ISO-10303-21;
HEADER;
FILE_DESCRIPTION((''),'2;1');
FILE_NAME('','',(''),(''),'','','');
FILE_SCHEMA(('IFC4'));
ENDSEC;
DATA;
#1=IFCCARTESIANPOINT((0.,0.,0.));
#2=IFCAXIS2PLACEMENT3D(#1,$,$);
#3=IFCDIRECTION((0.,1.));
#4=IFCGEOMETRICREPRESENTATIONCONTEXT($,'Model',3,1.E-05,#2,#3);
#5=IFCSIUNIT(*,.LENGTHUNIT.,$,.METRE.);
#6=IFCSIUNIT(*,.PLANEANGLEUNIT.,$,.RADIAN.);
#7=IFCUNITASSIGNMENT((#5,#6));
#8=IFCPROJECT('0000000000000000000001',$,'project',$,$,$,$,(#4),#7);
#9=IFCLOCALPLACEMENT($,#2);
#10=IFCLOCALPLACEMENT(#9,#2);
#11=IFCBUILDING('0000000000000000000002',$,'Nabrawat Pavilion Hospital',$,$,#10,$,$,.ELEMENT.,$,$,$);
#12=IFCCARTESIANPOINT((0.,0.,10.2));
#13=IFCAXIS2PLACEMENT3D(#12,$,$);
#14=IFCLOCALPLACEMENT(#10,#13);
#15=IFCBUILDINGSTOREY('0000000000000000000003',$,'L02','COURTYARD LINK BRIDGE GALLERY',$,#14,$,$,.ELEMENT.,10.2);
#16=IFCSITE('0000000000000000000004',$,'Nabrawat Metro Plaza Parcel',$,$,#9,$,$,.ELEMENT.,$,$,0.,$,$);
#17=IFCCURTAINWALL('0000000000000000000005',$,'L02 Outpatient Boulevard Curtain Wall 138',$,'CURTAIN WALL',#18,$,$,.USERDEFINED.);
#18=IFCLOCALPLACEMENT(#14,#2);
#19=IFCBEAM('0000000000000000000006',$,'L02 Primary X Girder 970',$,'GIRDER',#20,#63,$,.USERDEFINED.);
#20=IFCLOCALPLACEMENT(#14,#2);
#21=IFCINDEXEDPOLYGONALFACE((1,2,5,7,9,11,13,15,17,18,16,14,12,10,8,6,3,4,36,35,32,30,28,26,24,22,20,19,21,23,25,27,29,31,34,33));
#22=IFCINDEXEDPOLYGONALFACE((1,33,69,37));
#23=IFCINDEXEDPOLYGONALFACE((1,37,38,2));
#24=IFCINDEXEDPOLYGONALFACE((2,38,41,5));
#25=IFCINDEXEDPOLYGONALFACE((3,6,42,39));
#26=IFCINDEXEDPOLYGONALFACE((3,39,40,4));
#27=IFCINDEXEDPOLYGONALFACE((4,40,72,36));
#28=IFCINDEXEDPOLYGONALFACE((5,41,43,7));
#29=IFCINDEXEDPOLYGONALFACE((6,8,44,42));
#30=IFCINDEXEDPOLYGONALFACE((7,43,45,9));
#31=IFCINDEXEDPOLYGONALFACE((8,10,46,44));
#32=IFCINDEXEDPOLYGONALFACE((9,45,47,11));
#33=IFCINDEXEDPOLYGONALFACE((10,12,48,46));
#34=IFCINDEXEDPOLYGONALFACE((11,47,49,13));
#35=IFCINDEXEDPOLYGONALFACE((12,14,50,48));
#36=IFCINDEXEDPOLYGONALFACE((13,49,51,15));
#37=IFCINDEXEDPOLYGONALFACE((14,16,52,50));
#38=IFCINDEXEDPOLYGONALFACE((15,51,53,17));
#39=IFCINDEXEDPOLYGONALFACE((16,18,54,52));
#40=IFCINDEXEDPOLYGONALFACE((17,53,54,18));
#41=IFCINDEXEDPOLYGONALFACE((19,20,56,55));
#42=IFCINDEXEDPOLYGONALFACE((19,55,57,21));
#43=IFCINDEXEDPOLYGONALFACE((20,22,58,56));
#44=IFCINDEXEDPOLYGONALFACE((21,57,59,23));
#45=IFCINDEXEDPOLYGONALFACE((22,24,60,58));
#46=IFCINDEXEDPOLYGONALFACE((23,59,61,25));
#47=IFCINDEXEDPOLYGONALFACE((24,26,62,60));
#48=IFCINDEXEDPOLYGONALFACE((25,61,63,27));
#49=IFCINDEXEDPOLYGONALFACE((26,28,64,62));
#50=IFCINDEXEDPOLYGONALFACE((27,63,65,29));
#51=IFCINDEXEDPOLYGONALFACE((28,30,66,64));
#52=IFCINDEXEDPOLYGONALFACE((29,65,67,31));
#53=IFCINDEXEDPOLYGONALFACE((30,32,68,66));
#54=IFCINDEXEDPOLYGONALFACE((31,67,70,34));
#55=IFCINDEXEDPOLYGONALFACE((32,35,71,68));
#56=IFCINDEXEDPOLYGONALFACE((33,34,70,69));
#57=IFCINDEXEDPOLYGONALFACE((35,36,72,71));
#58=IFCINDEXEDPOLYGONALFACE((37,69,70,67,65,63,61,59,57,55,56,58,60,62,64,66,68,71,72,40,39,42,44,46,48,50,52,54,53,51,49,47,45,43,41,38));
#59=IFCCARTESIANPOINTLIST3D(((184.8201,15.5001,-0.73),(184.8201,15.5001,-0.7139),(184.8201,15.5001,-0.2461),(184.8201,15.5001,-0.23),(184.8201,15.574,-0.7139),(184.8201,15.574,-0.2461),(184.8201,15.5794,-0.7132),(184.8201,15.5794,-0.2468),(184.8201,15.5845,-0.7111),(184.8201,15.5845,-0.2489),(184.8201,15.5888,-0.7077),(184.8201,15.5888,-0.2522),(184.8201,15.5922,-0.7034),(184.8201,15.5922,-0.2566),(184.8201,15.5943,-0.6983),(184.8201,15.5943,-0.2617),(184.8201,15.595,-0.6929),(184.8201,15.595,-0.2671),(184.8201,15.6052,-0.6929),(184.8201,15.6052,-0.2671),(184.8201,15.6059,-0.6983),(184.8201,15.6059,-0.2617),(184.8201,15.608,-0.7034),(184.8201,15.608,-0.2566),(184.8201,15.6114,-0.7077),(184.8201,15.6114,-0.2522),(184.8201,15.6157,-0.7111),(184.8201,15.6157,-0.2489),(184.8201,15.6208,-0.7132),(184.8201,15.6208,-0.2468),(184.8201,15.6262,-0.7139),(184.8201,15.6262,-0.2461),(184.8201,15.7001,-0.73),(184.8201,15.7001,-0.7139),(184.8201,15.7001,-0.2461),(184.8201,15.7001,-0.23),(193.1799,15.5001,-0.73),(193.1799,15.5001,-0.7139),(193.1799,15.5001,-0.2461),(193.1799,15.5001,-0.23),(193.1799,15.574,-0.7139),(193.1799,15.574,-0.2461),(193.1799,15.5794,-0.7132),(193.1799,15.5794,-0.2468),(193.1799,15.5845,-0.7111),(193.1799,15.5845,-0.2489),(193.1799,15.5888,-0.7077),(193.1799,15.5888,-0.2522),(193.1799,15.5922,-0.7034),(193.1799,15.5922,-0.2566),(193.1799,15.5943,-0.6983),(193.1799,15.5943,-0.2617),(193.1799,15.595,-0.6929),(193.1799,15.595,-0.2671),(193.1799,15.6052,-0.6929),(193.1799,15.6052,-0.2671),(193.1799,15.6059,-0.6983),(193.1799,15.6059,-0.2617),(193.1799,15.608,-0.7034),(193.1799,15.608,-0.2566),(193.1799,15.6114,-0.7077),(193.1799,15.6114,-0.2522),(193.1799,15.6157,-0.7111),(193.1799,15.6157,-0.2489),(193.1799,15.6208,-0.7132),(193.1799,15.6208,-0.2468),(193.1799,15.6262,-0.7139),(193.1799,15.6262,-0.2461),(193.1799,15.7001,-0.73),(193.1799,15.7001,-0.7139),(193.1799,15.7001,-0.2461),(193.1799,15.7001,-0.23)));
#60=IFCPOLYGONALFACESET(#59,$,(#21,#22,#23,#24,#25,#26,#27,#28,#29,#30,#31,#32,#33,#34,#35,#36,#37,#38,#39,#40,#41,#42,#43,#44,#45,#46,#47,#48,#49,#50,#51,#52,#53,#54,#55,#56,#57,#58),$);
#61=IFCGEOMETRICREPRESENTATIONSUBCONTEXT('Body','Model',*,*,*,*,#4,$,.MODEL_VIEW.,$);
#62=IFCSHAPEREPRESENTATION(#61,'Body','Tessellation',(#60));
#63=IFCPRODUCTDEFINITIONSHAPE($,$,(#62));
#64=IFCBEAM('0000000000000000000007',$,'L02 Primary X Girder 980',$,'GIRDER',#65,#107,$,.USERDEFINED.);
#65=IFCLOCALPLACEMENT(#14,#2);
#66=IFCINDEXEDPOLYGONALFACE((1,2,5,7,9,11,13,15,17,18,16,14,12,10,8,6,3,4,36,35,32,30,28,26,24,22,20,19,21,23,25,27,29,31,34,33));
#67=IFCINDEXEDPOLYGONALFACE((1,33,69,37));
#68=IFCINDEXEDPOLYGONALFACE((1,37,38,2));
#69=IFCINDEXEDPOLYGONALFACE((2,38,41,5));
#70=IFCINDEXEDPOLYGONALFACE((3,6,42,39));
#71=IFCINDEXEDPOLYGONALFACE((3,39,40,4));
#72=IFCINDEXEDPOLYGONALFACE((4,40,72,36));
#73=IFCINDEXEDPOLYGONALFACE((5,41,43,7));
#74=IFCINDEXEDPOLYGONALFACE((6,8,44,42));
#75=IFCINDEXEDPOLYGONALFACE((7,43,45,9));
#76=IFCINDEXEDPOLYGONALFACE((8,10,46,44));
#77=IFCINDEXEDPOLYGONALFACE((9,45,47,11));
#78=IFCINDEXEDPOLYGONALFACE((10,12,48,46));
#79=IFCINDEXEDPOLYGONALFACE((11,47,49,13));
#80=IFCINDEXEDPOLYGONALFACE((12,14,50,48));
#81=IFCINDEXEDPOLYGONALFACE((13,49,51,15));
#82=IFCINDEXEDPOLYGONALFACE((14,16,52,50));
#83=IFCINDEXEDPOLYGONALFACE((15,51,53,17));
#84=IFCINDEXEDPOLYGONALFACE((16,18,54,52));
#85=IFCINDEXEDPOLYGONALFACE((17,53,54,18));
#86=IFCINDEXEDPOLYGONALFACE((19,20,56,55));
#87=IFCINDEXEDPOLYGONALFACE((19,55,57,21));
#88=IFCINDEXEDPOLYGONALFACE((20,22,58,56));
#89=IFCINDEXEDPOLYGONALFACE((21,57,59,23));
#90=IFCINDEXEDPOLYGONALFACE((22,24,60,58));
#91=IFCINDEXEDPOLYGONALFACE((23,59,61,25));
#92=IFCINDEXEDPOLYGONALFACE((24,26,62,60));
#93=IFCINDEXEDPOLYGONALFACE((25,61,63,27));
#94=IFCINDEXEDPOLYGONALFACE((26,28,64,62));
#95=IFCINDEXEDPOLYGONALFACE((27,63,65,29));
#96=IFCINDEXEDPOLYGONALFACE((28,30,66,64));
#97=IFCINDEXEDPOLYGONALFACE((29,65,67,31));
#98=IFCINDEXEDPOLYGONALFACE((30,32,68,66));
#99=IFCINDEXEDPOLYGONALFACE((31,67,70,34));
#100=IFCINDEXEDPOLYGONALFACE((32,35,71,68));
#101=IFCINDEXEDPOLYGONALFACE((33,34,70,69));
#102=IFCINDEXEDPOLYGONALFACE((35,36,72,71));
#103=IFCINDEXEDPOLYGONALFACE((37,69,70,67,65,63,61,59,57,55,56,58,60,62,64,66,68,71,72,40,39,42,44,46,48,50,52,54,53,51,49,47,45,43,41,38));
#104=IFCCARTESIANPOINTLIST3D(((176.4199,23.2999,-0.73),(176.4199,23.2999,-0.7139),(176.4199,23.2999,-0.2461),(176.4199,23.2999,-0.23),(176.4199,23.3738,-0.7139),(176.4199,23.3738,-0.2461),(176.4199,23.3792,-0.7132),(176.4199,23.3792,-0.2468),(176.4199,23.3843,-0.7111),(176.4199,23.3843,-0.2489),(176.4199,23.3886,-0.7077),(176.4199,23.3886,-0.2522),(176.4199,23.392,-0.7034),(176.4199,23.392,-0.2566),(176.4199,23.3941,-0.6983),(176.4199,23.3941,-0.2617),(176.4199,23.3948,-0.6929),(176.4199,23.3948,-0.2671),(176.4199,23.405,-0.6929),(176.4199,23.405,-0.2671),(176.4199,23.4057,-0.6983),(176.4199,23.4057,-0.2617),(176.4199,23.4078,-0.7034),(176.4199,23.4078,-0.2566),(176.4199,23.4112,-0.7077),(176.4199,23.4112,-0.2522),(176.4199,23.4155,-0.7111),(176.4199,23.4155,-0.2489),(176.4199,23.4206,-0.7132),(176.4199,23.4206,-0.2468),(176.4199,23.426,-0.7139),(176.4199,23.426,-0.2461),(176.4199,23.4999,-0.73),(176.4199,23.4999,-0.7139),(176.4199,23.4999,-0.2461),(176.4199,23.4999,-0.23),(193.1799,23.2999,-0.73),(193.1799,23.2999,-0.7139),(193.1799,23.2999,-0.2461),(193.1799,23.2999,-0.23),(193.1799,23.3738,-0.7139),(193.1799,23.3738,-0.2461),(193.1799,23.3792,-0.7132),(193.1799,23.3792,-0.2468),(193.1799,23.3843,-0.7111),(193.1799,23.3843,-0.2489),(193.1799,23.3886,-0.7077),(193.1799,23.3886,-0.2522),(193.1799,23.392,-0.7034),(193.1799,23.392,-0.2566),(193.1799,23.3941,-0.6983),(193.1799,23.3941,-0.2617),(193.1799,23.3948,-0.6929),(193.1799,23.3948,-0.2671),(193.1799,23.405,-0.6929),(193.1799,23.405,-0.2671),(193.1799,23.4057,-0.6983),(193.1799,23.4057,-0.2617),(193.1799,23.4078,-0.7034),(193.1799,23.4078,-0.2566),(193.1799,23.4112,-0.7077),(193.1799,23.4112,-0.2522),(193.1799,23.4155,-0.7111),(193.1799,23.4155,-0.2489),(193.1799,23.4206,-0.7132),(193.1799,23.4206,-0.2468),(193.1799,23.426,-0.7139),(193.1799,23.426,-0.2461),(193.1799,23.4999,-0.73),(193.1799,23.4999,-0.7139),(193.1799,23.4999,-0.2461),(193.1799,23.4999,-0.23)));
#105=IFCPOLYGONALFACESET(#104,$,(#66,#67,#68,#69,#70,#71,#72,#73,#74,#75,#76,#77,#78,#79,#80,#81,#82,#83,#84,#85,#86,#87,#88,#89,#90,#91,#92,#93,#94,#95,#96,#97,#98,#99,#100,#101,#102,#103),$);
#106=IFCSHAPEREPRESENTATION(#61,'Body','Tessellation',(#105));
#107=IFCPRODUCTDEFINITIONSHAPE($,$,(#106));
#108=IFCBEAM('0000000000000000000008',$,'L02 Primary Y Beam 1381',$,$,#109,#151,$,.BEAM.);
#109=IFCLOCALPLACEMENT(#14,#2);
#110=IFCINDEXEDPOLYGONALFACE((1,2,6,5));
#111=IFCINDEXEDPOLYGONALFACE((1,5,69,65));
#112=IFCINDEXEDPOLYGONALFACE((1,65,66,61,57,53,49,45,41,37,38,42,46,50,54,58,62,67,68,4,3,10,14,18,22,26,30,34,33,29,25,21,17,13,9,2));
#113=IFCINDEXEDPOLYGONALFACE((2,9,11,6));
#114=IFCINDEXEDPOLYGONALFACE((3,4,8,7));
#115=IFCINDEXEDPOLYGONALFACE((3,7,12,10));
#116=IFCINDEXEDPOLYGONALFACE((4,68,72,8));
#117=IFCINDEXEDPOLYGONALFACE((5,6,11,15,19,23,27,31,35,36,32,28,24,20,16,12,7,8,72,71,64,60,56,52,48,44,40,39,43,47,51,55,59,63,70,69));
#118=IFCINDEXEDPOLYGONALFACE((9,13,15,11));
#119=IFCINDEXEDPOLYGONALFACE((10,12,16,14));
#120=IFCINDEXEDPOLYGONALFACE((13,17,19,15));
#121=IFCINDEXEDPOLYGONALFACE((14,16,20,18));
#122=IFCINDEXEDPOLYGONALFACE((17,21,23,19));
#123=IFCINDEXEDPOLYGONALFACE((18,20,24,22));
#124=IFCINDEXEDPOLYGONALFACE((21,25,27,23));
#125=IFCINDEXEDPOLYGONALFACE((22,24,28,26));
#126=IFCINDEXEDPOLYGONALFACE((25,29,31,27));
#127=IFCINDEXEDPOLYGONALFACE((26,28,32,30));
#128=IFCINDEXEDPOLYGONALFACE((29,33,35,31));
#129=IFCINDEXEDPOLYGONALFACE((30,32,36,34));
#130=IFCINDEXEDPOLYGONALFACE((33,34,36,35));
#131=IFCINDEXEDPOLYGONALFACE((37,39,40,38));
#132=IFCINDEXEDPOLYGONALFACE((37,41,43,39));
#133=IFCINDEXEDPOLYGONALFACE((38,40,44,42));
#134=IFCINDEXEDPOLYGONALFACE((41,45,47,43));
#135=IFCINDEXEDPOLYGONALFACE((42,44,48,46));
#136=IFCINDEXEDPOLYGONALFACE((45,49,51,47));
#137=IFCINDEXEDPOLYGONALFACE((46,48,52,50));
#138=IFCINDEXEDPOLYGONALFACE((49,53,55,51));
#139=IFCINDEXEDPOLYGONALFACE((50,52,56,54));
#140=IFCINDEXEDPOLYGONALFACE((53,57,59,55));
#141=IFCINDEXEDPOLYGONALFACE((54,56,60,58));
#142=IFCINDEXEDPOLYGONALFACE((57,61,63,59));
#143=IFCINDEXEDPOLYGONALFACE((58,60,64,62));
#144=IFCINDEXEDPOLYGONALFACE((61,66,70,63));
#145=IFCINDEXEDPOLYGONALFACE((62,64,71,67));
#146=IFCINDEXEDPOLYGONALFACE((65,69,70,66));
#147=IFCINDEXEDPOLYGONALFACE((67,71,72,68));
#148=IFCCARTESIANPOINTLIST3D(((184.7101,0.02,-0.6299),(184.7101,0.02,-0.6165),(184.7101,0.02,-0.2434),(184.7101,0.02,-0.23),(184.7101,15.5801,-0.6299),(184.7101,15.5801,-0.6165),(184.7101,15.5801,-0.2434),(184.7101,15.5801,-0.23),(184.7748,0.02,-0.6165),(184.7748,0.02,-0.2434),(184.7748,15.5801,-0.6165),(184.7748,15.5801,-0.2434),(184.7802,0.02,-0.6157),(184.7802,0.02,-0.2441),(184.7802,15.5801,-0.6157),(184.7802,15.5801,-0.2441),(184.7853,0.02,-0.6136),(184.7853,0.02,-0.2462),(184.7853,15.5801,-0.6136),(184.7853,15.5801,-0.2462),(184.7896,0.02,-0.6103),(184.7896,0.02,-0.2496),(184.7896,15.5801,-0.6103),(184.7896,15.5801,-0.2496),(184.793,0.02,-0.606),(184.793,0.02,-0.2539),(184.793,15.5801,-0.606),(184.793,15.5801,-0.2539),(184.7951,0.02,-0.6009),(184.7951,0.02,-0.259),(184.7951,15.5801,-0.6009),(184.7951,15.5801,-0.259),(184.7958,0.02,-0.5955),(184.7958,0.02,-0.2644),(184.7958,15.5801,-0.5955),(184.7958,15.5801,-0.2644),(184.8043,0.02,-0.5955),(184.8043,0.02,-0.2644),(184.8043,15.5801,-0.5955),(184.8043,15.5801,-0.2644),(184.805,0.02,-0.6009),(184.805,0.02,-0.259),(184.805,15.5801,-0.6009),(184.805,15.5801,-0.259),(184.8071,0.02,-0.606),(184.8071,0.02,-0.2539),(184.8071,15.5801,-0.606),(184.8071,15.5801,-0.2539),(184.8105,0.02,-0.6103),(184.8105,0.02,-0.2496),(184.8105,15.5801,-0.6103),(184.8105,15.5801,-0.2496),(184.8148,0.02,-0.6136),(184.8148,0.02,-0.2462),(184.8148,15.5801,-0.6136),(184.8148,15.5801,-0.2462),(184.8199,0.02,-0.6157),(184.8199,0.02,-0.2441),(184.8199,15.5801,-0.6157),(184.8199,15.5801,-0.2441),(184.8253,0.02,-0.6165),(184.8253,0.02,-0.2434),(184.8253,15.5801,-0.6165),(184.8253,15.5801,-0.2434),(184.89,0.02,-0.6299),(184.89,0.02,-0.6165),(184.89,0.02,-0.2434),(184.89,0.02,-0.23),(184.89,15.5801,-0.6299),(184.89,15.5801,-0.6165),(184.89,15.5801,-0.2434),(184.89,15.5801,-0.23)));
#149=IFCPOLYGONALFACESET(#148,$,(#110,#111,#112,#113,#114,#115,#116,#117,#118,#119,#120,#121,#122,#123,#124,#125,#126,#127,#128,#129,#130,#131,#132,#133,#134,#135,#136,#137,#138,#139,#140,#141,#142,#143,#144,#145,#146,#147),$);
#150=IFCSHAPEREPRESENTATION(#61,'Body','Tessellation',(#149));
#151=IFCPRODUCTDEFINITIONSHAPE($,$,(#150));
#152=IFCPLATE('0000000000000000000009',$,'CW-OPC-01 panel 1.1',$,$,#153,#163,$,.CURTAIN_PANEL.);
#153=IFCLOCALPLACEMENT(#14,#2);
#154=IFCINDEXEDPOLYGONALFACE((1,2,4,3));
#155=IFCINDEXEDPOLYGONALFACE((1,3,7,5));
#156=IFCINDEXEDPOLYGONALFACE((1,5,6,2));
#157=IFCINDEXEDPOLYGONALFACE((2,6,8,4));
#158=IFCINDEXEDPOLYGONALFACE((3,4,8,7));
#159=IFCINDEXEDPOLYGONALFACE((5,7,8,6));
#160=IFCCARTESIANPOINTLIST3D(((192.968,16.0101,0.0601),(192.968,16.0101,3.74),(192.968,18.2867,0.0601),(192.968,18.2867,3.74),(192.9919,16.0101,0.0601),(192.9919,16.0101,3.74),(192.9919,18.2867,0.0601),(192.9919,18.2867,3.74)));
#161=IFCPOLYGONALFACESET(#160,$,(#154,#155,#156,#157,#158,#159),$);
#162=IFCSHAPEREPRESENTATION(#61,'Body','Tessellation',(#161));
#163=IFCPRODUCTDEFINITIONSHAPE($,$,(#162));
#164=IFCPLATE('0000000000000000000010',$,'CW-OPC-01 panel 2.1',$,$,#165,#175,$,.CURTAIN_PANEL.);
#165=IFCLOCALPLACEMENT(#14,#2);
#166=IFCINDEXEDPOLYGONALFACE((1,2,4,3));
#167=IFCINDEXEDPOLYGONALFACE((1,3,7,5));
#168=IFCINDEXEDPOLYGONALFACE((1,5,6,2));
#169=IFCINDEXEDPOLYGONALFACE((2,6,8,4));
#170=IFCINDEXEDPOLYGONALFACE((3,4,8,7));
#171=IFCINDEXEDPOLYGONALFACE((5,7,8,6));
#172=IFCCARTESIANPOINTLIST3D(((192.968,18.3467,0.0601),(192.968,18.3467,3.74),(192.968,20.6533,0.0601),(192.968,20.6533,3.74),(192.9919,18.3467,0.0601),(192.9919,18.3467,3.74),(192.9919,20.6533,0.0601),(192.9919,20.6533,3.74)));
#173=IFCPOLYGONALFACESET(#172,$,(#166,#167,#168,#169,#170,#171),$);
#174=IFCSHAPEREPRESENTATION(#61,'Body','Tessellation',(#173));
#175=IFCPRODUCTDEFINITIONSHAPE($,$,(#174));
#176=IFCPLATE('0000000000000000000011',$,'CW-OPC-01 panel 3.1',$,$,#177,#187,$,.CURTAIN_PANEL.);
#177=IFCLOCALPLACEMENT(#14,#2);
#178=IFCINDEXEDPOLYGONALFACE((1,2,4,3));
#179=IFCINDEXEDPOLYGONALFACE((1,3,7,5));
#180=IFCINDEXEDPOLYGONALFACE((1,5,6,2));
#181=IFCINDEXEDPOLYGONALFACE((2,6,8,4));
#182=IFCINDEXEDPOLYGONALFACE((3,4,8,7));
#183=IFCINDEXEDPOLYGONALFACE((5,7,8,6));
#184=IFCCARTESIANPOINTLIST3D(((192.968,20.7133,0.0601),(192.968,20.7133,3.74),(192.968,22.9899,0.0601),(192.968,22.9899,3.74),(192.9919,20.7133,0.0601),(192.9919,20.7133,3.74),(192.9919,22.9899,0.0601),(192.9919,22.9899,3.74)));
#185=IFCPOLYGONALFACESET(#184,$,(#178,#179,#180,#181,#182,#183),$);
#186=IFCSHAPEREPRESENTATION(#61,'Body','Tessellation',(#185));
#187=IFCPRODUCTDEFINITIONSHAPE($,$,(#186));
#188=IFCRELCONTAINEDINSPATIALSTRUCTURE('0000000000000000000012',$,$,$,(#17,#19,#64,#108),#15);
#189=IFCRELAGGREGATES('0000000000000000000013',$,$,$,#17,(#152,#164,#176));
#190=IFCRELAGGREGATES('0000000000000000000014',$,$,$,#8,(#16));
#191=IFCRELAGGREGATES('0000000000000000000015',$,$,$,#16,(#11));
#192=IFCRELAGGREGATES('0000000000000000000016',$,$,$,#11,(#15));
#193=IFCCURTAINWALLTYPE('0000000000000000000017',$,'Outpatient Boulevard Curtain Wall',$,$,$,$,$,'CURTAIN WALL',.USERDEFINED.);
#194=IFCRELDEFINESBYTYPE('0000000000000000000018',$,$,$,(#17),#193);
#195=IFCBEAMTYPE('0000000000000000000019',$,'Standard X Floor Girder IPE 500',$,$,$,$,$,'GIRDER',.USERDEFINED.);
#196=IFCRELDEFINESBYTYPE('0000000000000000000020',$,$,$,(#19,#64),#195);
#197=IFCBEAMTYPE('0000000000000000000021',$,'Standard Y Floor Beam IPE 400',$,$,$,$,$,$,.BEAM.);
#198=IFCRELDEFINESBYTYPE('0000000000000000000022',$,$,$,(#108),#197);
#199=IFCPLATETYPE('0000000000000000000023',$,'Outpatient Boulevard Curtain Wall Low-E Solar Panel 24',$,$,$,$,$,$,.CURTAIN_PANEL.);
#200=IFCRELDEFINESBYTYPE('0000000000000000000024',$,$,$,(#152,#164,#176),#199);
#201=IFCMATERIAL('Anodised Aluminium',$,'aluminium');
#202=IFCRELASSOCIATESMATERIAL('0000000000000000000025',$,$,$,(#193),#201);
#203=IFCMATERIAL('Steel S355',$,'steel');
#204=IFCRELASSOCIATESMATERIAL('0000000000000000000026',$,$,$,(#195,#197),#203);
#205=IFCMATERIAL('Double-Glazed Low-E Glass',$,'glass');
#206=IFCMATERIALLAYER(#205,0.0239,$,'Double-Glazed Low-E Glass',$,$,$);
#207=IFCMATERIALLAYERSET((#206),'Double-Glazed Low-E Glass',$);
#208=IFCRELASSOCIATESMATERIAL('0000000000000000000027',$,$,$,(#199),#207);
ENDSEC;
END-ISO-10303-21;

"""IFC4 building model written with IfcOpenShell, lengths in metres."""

from ifc_helpers import new_model, si_unit, direction, frame, origin, origin_2d, place, context, subcontext, project, spatial, rectangle, i_section, extrude, material, layer, layer_set, material_profile, profile_set, type_object, element, aggregate, save


model = new_model("IFC4")

# Units and contexts
model_context = context("Model", 3, precision=1e-05, world=origin(), true_north=direction((0.0, 1.0)))
body_context = subcontext(model_context, "Body", "Model", "MODEL_VIEW")
ifc_project = project(units=[si_unit("LENGTHUNIT", "METRE"), si_unit("PLANEANGLEUNIT", "RADIAN")], contexts=[model_context])

# Site, building, storey
site_placement = place(None, origin())
site = spatial("IfcSite", under=ifc_project, at=site_placement, Name="Nabrawat Metro Plaza Parcel", CompositionType="ELEMENT", RefElevation=0.0)
building_placement = place(site_placement, origin())
building = spatial("IfcBuilding", under=site, at=building_placement, Name="Nabrawat Pavilion Hospital", CompositionType="ELEMENT")
storey_placement = place(building_placement, frame((0.0, 0.0, 10.2)))
storey = spatial("IfcBuildingStorey", under=building, at=storey_placement, Name="L02", Description="COURTYARD LINK BRIDGE GALLERY", CompositionType="ELEMENT", Elevation=10.2)

# Shared definitions
ifc_material_1 = material(Name="Steel S355", Category="steel")

# Curtain wall
ifc_material_2 = material(Name="Anodised Aluminium", Category="aluminium")
curtain_wall_type = type_object("IfcCurtainWallType", Name="Outpatient Boulevard Curtain Wall", ElementType="CURTAIN WALL", PredefinedType="USERDEFINED", material=ifc_material_2)
curtain_wall_placement = place(storey_placement, origin())
curtain_wall = element("IfcCurtainWall", 1, at=curtain_wall_placement, inside=storey, type_object=curtain_wall_type, Name="L02 Outpatient Boulevard Curtain Wall 138", ObjectType="CURTAIN WALL", PredefinedType="USERDEFINED")

# Beams
ifc_material_profile_1 = material_profile(ifc_material_1, i_section(OverallWidth=0.2, OverallDepth=0.5, WebThickness=0.0103, FlangeThickness=0.0161, FilletRadius=0.021, at=origin_2d()), Name="IPE 500")
ifc_profile_set_1 = profile_set([ifc_material_profile_1], Name="Steel S355")
beam_type_1 = type_object("IfcBeamType", Name="Standard X Floor Girder IPE 500", ElementType="GIRDER", PredefinedType="USERDEFINED", material=ifc_profile_set_1)
beam_1_placement = place(storey_placement, frame((184.8201, 15.6001, -0.48), z_axis=(1.0, 0.0, 0.0), x_axis=(0.0, 1.0, 0.0)))
element("IfcBeam", 2, at=beam_1_placement, inside=storey, type_object=beam_type_1, Name="L02 Primary X Girder 970", ObjectType="GIRDER", PredefinedType="USERDEFINED", context=body_context, shape_type="SweptSolid", body=[
    extrude(i_section(OverallWidth=0.2, OverallDepth=0.5, WebThickness=0.0103, FlangeThickness=0.0161, FilletRadius=0.021, at=origin_2d()), origin(), (0.0, 0.0, 1.0), 8.3599),
])
beam_2_placement = place(storey_placement, frame((176.4199, 23.3999, -0.48), z_axis=(1.0, 0.0, 0.0), x_axis=(0.0, 1.0, 0.0)))
element("IfcBeam", 3, at=beam_2_placement, inside=storey, type_object=beam_type_1, Name="L02 Primary X Girder 980", ObjectType="GIRDER", PredefinedType="USERDEFINED", context=body_context, shape_type="SweptSolid", body=[
    extrude(i_section(OverallWidth=0.2, OverallDepth=0.5, WebThickness=0.0103, FlangeThickness=0.0161, FilletRadius=0.021, at=origin_2d()), origin(), (0.0, 0.0, 1.0), 16.76),
])
ifc_material_profile_2 = material_profile(ifc_material_1, i_section(OverallWidth=0.1799, OverallDepth=0.3999, WebThickness=0.0085, FlangeThickness=0.0134, FilletRadius=0.021, at=origin_2d()), Name="IPE 400")
ifc_profile_set_2 = profile_set([ifc_material_profile_2], Name="Steel S355")
beam_type_2 = type_object("IfcBeamType", Name="Standard Y Floor Beam IPE 400", PredefinedType="BEAM", material=ifc_profile_set_2)
beam_3_placement = place(storey_placement, frame((184.8, 0.02, -0.4299), z_axis=(0.0, 1.0, 0.0), x_axis=(-1.0, 0.0, 0.0)))
element("IfcBeam", 4, at=beam_3_placement, inside=storey, type_object=beam_type_2, Name="L02 Primary Y Beam 1381", PredefinedType="BEAM", context=body_context, shape_type="SweptSolid", body=[
    extrude(i_section(OverallWidth=0.1799, OverallDepth=0.3999, WebThickness=0.0085, FlangeThickness=0.0134, FilletRadius=0.021, at=origin_2d()), origin(), (0.0, 0.0, 1.0), 15.5601),
])

# Plates
ifc_material_3 = material(Name="Double-Glazed Low-E Glass", Category="glass")
ifc_layer_1 = layer(ifc_material_3, 0.0239, Name="Double-Glazed Low-E Glass")
ifc_layer_set_1 = layer_set([ifc_layer_1], Name="Double-Glazed Low-E Glass")
plate_type = type_object("IfcPlateType", Name="Outpatient Boulevard Curtain Wall Low-E Solar Panel 24", PredefinedType="CURTAIN_PANEL", material=ifc_layer_set_1)
plate_1_placement = place(storey_placement, frame((192.98, 17.1484, 0.0601), z_axis=(0.0, 0.0, 1.0), x_axis=(0.0, 1.0, 0.0)))
plate_1 = element("IfcPlate", 5, at=plate_1_placement, type_object=plate_type, Name="CW-OPC-01 panel 1.1", PredefinedType="CURTAIN_PANEL", context=body_context, shape_type="SweptSolid", body=[
    extrude(rectangle(XDim=2.2766, YDim=0.0239, at=origin_2d()), origin(), (0.0, 0.0, 1.0), 3.6799),
])
plate_2_placement = place(storey_placement, frame((192.98, 19.5, 0.0601), z_axis=(0.0, 0.0, 1.0), x_axis=(0.0, 1.0, 0.0)))
plate_2 = element("IfcPlate", 6, at=plate_2_placement, type_object=plate_type, Name="CW-OPC-01 panel 2.1", PredefinedType="CURTAIN_PANEL", context=body_context, shape_type="SweptSolid", body=[
    extrude(rectangle(XDim=2.3066, YDim=0.0239, at=origin_2d()), origin(), (0.0, 0.0, 1.0), 3.6799),
])
plate_3_placement = place(storey_placement, frame((192.98, 21.8516, 0.0601), z_axis=(0.0, 0.0, 1.0), x_axis=(0.0, 1.0, 0.0)))
plate_3 = element("IfcPlate", 7, at=plate_3_placement, type_object=plate_type, Name="CW-OPC-01 panel 3.1", PredefinedType="CURTAIN_PANEL", context=body_context, shape_type="SweptSolid", body=[
    extrude(rectangle(XDim=2.2766, YDim=0.0239, at=origin_2d()), origin(), (0.0, 0.0, 1.0), 3.6799),
])
aggregate(curtain_wall, [plate_1, plate_2, plate_3])

save(model, "model.ifc")
